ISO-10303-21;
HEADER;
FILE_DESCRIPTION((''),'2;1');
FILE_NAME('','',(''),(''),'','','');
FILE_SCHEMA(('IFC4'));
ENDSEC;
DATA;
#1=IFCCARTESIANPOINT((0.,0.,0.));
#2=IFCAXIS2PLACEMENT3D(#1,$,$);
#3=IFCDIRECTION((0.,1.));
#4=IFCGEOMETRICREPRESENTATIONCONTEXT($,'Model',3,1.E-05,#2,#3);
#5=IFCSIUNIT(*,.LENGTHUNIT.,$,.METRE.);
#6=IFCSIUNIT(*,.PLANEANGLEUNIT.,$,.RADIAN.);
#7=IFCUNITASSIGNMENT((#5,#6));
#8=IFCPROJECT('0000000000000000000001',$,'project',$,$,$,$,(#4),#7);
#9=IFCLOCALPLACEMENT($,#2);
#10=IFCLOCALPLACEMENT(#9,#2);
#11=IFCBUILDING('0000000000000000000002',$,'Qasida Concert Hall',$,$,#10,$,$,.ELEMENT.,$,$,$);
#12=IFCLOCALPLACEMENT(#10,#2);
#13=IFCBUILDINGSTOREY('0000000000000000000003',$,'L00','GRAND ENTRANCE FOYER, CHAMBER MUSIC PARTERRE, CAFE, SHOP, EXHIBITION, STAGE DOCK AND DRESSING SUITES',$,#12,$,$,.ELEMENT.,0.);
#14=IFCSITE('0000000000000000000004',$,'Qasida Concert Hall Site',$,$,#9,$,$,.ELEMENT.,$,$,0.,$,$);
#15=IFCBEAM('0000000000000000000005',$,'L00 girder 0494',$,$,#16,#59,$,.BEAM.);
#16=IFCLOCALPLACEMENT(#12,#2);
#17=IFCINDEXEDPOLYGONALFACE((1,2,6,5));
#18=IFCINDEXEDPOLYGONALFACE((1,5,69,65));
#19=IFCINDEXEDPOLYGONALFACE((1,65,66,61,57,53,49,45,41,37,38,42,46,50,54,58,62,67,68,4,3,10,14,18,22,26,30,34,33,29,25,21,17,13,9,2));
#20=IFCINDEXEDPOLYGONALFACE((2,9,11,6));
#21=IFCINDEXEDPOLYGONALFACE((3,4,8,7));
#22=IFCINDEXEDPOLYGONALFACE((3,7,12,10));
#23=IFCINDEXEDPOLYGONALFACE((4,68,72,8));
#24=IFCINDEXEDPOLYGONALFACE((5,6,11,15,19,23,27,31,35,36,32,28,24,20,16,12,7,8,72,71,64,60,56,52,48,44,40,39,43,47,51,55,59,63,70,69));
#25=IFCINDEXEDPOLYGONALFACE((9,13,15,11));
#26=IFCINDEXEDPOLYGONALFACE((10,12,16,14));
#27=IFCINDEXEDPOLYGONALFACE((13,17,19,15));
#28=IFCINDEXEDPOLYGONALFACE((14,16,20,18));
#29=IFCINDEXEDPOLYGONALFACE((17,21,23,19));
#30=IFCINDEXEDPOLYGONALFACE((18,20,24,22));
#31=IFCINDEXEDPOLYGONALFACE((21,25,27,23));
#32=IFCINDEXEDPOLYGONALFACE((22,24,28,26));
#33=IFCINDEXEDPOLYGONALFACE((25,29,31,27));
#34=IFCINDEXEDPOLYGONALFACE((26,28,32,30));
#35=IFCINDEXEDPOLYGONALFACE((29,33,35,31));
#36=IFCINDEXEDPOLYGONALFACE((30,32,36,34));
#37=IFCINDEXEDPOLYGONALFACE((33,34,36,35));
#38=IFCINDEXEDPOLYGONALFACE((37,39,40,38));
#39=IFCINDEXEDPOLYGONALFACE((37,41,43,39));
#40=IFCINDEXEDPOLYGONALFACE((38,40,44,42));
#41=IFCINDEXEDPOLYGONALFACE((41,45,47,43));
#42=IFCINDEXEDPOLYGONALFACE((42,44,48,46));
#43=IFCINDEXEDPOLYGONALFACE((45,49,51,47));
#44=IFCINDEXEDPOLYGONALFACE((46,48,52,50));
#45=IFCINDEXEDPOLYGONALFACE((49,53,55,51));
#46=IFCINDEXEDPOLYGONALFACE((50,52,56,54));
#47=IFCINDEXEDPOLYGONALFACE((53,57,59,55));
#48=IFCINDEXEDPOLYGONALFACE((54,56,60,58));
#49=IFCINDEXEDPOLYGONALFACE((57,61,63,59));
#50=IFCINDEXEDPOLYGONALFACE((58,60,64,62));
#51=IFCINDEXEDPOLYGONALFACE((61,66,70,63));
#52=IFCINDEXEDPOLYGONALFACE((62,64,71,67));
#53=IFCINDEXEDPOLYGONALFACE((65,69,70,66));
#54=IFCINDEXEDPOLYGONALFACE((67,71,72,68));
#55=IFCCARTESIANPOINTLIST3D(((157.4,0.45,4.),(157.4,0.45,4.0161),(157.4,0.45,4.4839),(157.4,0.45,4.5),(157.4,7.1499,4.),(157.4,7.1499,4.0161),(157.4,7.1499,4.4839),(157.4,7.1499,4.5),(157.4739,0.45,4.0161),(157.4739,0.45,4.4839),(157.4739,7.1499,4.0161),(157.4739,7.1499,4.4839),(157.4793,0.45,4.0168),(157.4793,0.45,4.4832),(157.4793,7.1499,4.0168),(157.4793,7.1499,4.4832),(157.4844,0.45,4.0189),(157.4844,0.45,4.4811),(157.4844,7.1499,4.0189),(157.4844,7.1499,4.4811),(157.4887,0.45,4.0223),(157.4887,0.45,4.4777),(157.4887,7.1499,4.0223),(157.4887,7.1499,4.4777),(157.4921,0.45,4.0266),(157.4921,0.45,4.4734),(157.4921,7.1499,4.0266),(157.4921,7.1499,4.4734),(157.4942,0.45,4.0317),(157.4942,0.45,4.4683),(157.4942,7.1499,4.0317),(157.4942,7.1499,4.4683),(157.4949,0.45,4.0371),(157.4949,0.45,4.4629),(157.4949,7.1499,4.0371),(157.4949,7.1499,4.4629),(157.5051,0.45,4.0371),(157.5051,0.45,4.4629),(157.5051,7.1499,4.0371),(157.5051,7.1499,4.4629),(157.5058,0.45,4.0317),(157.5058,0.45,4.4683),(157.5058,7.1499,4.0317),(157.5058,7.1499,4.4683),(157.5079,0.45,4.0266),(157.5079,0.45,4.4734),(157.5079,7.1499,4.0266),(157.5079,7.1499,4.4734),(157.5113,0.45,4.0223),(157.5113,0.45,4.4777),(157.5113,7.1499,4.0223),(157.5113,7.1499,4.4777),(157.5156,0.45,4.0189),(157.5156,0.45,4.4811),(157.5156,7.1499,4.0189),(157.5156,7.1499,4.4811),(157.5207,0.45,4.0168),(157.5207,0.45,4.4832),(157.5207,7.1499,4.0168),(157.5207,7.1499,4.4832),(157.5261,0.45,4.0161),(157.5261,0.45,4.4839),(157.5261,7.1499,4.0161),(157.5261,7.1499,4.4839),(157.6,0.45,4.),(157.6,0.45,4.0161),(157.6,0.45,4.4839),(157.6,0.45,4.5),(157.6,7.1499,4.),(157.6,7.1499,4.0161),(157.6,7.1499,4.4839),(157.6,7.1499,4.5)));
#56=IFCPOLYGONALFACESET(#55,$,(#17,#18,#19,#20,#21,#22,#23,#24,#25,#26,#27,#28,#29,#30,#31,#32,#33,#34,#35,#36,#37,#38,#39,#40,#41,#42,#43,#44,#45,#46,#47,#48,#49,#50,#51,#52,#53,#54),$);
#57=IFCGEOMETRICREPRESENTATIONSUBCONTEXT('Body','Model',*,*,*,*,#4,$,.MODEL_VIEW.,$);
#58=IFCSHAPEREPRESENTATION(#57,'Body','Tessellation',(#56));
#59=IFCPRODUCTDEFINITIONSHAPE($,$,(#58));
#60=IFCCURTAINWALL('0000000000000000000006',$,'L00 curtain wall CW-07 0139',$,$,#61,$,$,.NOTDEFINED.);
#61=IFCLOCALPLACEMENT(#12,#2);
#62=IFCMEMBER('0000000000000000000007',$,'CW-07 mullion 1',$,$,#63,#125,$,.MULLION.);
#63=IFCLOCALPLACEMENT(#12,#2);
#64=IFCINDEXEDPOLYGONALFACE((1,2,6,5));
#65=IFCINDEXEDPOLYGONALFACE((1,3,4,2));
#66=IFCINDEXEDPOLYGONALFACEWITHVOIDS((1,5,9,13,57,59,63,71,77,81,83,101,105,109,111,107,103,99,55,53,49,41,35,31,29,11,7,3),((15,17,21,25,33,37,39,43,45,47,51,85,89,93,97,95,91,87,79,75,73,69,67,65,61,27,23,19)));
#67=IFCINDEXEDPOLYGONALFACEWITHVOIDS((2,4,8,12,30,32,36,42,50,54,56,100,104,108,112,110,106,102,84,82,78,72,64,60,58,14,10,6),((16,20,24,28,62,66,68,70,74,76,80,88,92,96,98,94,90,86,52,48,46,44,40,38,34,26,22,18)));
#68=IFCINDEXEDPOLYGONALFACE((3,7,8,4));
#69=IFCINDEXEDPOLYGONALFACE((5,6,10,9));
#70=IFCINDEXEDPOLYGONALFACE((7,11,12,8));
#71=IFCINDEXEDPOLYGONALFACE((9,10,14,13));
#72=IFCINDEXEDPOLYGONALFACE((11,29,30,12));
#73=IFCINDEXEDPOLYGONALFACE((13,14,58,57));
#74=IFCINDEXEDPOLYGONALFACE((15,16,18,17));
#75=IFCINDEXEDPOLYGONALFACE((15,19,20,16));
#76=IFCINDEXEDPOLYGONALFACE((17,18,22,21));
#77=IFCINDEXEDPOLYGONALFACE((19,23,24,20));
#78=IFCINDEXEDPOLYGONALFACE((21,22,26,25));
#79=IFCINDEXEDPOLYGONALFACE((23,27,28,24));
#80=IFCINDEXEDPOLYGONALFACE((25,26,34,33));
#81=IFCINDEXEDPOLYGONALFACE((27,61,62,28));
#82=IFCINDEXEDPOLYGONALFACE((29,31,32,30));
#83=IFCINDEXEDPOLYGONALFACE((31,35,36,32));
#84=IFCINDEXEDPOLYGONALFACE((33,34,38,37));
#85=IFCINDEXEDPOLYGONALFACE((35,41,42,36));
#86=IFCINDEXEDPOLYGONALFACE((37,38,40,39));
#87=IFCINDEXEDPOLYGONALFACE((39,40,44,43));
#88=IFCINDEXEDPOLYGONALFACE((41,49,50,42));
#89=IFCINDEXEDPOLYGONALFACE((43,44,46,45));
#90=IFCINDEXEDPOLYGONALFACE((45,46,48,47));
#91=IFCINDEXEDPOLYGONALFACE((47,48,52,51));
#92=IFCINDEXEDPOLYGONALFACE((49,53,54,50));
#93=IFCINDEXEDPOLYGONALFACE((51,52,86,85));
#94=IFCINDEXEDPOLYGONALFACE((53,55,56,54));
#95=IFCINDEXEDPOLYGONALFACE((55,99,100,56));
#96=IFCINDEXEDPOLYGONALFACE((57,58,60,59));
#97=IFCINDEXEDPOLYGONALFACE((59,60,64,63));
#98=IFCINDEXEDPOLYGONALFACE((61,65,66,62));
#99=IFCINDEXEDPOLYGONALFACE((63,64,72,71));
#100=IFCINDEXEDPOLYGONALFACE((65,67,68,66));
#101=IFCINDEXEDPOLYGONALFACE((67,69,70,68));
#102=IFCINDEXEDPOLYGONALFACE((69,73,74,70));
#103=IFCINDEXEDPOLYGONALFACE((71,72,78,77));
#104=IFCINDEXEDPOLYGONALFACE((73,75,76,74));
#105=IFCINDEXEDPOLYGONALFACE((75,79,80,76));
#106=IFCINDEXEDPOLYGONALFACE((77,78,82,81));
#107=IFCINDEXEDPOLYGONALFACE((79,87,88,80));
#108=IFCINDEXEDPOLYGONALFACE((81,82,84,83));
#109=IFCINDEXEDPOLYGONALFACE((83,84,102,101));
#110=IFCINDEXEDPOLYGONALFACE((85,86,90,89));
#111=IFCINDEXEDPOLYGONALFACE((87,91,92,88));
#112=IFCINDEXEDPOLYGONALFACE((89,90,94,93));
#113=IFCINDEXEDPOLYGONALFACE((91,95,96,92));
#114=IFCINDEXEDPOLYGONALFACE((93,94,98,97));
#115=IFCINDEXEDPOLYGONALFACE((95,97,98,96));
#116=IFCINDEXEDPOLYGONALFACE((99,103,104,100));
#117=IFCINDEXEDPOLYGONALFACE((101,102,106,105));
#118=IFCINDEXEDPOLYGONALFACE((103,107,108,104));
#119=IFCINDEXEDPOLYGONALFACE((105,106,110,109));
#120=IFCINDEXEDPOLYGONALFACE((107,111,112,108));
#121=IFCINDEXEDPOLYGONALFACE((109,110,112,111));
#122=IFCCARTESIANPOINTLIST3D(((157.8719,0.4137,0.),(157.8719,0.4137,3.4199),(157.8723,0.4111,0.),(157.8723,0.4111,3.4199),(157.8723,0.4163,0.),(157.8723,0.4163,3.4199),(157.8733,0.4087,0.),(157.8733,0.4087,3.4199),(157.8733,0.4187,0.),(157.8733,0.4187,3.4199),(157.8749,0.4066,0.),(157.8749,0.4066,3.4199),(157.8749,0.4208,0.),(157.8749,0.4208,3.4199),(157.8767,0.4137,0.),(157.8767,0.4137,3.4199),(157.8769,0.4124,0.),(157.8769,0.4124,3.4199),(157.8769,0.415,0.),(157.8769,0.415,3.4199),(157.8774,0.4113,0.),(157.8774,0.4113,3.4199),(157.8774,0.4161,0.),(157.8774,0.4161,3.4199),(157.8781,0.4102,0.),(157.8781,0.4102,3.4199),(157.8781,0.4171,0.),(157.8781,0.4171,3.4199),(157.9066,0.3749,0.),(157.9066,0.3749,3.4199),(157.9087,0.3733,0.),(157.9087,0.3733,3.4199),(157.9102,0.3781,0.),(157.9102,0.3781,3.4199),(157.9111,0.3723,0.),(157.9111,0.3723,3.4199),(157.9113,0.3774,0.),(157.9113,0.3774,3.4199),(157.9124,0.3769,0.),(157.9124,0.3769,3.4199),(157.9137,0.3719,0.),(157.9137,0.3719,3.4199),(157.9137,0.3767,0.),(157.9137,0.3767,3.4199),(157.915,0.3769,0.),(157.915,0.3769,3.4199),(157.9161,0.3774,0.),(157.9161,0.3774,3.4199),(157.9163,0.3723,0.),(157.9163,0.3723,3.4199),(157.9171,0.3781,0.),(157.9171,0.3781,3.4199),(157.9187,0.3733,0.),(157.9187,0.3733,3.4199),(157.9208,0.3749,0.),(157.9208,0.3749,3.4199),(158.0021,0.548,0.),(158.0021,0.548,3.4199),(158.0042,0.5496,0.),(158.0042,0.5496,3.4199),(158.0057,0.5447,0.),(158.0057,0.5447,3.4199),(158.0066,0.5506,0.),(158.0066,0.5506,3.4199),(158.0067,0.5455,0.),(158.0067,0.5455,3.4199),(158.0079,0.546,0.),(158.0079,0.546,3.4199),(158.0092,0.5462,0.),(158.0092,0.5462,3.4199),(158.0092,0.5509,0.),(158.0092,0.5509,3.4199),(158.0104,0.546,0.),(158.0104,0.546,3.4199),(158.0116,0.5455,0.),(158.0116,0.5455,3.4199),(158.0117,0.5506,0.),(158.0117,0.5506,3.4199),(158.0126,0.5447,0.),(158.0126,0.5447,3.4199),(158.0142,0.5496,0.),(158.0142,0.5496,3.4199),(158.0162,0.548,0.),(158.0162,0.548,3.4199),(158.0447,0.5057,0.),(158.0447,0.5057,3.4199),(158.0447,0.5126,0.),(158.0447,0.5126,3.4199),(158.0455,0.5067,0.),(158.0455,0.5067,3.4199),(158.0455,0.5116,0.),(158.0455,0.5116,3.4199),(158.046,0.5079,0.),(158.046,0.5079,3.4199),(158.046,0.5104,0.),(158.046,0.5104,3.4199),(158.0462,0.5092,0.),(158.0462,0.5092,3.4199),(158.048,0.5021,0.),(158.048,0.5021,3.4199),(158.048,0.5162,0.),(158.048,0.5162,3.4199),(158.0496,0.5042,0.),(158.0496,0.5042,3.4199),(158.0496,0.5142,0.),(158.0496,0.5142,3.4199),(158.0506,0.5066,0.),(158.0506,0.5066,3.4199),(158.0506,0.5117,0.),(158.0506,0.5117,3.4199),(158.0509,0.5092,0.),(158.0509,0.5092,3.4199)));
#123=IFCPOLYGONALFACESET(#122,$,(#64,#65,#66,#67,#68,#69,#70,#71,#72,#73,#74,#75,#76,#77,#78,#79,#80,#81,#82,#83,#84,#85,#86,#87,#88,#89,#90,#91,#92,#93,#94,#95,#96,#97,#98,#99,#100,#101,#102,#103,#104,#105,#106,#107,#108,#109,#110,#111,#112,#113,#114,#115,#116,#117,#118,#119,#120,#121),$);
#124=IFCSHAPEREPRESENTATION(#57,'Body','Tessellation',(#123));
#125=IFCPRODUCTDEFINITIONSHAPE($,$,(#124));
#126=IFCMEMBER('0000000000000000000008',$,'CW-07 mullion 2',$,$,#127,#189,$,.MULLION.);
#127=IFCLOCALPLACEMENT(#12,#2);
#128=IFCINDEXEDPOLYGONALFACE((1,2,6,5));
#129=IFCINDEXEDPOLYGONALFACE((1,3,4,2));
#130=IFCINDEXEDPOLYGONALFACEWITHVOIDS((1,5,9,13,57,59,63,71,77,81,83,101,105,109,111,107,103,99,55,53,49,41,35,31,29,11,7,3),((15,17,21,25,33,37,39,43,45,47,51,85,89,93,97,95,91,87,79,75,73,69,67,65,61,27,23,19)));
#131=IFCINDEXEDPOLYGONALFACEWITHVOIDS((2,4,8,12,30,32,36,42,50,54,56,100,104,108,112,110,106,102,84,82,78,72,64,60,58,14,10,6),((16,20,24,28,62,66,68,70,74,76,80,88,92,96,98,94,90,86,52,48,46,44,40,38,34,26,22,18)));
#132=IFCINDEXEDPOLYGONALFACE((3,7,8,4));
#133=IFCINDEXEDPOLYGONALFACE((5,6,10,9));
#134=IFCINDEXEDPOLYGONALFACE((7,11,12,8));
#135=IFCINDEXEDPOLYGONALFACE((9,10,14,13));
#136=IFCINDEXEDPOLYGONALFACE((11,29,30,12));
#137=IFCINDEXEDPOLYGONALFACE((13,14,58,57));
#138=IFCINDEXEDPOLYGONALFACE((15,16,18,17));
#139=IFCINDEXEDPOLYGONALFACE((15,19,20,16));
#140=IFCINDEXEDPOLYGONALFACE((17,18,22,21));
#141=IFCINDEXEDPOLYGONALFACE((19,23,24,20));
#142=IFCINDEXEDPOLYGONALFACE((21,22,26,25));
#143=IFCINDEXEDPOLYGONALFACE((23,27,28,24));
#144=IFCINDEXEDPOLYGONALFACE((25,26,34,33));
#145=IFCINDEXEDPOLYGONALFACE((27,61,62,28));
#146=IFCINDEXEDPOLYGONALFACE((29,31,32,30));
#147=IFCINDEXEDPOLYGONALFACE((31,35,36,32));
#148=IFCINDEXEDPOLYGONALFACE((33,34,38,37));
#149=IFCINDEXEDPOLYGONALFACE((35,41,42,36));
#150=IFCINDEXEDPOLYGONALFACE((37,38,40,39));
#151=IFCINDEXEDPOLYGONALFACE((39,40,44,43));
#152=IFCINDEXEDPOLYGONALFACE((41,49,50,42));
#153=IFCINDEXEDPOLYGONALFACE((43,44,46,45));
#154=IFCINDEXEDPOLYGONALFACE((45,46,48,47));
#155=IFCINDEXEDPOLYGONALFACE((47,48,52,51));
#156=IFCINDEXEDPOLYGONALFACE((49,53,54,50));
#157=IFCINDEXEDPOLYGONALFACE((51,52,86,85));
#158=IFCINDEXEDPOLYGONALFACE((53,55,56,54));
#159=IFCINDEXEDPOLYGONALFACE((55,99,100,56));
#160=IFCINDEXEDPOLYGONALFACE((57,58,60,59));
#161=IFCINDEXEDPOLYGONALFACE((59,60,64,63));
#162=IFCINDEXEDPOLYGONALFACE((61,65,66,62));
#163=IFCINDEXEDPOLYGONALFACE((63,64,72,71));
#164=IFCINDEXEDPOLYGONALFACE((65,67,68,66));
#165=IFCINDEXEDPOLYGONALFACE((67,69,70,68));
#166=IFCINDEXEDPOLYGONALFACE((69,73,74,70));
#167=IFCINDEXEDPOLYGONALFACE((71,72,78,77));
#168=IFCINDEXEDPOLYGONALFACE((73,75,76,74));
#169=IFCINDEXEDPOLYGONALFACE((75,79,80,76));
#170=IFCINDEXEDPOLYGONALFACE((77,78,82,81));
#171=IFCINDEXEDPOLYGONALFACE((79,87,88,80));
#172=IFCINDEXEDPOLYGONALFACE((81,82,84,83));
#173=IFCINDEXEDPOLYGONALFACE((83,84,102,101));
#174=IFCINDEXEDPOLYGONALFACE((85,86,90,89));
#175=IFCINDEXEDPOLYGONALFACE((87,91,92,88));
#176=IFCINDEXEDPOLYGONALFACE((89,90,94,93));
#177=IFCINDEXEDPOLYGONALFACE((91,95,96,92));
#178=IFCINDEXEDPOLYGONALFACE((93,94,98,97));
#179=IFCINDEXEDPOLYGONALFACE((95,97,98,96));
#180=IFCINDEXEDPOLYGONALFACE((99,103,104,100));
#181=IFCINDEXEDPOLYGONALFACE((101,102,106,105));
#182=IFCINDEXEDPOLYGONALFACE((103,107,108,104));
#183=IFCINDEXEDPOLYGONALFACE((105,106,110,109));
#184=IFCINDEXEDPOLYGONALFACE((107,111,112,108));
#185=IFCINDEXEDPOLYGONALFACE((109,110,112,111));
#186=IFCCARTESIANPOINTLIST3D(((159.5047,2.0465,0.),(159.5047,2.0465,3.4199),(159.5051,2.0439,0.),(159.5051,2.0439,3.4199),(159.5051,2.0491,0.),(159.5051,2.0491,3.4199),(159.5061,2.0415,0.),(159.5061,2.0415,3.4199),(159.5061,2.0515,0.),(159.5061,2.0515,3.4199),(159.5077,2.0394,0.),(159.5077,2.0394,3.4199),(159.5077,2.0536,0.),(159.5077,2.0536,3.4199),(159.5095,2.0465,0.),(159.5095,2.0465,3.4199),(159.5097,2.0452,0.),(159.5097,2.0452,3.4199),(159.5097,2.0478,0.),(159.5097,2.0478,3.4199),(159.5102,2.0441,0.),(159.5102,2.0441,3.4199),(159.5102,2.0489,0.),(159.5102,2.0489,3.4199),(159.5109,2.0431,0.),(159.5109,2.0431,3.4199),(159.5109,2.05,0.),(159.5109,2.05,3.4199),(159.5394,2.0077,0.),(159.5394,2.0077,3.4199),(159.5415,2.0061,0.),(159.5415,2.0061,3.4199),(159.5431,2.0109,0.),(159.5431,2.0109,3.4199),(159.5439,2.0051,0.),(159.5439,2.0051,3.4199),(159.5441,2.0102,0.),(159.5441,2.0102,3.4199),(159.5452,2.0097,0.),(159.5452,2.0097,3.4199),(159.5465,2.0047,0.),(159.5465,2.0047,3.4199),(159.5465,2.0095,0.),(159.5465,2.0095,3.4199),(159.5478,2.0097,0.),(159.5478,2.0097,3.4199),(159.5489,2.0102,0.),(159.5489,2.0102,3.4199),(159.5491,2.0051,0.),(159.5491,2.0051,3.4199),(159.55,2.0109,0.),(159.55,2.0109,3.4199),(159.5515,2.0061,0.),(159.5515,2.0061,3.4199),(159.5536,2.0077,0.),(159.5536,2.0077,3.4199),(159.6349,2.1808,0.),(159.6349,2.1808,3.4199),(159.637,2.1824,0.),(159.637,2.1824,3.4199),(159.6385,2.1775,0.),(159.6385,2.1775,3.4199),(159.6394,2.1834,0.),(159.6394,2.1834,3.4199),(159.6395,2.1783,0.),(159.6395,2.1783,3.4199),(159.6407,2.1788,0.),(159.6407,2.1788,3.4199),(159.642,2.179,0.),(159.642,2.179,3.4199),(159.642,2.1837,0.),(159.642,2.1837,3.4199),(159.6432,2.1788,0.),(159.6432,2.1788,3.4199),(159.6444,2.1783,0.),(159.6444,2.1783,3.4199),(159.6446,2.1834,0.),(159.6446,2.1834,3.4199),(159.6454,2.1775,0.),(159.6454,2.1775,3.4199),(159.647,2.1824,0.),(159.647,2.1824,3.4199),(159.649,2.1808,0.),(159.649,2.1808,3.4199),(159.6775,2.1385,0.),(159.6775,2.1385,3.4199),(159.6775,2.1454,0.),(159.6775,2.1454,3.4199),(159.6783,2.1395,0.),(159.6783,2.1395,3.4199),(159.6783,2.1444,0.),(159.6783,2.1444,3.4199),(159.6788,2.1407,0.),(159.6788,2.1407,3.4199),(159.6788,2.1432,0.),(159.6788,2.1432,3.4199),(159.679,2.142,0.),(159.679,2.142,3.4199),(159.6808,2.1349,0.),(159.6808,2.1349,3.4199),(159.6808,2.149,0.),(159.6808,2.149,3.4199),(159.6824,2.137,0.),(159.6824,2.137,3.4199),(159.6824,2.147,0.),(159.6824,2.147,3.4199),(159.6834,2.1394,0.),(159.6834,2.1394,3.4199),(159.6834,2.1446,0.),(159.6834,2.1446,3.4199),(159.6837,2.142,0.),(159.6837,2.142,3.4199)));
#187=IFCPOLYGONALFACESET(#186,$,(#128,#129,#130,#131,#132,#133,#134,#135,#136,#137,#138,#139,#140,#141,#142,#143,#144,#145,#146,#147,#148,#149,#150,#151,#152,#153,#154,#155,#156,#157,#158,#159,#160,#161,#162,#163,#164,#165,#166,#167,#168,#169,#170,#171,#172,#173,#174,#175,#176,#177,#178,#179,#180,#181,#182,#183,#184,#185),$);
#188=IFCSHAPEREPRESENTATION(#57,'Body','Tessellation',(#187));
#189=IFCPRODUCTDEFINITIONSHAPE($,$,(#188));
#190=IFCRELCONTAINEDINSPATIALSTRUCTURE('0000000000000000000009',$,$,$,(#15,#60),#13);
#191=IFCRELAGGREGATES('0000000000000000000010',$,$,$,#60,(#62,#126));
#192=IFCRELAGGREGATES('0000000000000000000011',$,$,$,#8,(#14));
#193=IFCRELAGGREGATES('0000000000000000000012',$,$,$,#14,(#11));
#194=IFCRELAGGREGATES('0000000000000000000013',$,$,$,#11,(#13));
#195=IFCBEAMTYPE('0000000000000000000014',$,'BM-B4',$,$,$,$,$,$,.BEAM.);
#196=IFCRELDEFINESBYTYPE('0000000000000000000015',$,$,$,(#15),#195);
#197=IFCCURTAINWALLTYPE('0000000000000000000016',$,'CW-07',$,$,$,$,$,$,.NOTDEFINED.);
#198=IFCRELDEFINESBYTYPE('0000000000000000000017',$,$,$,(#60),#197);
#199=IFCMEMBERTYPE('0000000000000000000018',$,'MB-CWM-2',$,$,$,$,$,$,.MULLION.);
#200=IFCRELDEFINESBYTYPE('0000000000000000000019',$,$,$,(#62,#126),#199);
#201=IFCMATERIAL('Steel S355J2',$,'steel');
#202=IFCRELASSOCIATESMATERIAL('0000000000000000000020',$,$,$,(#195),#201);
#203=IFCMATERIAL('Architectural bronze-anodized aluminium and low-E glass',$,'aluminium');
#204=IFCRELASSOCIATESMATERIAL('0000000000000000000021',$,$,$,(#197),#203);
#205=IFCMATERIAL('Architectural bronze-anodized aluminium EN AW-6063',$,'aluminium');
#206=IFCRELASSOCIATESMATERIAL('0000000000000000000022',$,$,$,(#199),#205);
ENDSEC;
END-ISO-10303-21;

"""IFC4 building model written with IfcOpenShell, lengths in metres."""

from ifc_helpers import new_model, si_unit, direction, frame, origin, origin_2d, place, context, subcontext, project, spatial, hollow_rectangle, i_section, extrude, material, material_profile, profile_set, type_object, element, aggregate, save


model = new_model("IFC4")

# Units and contexts
model_context = context("Model", 3, precision=1e-05, world=origin(), true_north=direction((0.0, 1.0)))
body_context = subcontext(model_context, "Body", "Model", "MODEL_VIEW")
ifc_project = project(units=[si_unit("LENGTHUNIT", "METRE"), si_unit("PLANEANGLEUNIT", "RADIAN")], contexts=[model_context])

# Site, building, storey
site_placement = place(None, origin())
site = spatial("IfcSite", under=ifc_project, at=site_placement, Name="Qasida Concert Hall Site", CompositionType="ELEMENT", RefElevation=0.0)
building_placement = place(site_placement, origin())
building = spatial("IfcBuilding", under=site, at=building_placement, Name="Qasida Concert Hall", CompositionType="ELEMENT")
storey_placement = place(building_placement, origin())
storey = spatial("IfcBuildingStorey", under=building, at=storey_placement, Name="L00", Description="GRAND ENTRANCE FOYER, CHAMBER MUSIC PARTERRE, CAFE, SHOP, EXHIBITION, STAGE DOCK AND DRESSING SUITES", CompositionType="ELEMENT", Elevation=0.0)

# Beam
ifc_material_1 = material(Name="Steel S355J2", Category="steel")
ifc_material_profile_1 = material_profile(ifc_material_1, i_section(OverallWidth=0.2, OverallDepth=0.5, WebThickness=0.0103, FlangeThickness=0.0161, FilletRadius=0.021, at=origin_2d()), Name="IPE 500")
ifc_profile_set_1 = profile_set([ifc_material_profile_1], Name="Steel S355J2")
beam_type = type_object("IfcBeamType", Name="BM-B4", PredefinedType="BEAM", material=ifc_profile_set_1)
beam_placement = place(storey_placement, frame((157.5, 0.45, 4.25), z_axis=(0.0, 1.0, 0.0), x_axis=(-1.0, 0.0, 0.0)))
element("IfcBeam", 1, at=beam_placement, inside=storey, type_object=beam_type, Name="L00 girder 0494", PredefinedType="BEAM", context=body_context, shape_type="SweptSolid", body=[
    extrude(i_section(OverallWidth=0.2, OverallDepth=0.5, WebThickness=0.0103, FlangeThickness=0.0161, FilletRadius=0.021, at=origin_2d()), origin(), (0.0, 0.0, 1.0), 6.7),
])

# Curtain wall, members
ifc_material_2 = material(Name="Architectural bronze-anodized aluminium and low-E glass", Category="aluminium")
curtain_wall_type = type_object("IfcCurtainWallType", Name="CW-07", PredefinedType="NOTDEFINED", material=ifc_material_2)
curtain_wall_placement = place(storey_placement, origin())
curtain_wall = element("IfcCurtainWall", 2, at=curtain_wall_placement, inside=storey, type_object=curtain_wall_type, Name="L00 curtain wall CW-07 0139", PredefinedType="NOTDEFINED")
ifc_material_3 = material(Name="Architectural bronze-anodized aluminium EN AW-6063", Category="aluminium")
ifc_material_profile_2 = material_profile(ifc_material_3, hollow_rectangle(XDim=0.0649, YDim=0.2, WallThickness=0.0049, InnerFilletRadius=0.0049, OuterFilletRadius=0.01, at=origin_2d()), Name="CWM 200x65x5")
ifc_profile_set_2 = profile_set([ifc_material_profile_2], Name="Architectural bronze-anodized aluminium EN AW-6063")
member_type_1 = type_object("IfcMemberType", Name="MB-CWM-2", PredefinedType="MULLION", material=ifc_profile_set_2)
member_1_placement = place(storey_placement, frame((157.9614, 0.4614, 0.0), z_axis=(0.0, 0.0, 1.0), x_axis=(-0.707107, 0.707107, 0.0)))
member_1 = element("IfcMember", 3, at=member_1_placement, type_object=member_type_1, Name="CW-07 mullion 1", PredefinedType="MULLION", context=body_context, shape_type="SweptSolid", body=[
    extrude(hollow_rectangle(XDim=0.0649, YDim=0.2, WallThickness=0.0049, InnerFilletRadius=0.0049, OuterFilletRadius=0.01, at=origin_2d()), origin(), (0.0, 0.0, 1.0), 3.4199),
])
member_2_placement = place(storey_placement, frame((159.5942, 2.0942, 0.0), z_axis=(0.0, 0.0, 1.0), x_axis=(-0.707107, 0.707107, 0.0)))
member_2 = element("IfcMember", 4, at=member_2_placement, type_object=member_type_1, Name="CW-07 mullion 2", PredefinedType="MULLION", context=body_context, shape_type="SweptSolid", body=[
    extrude(hollow_rectangle(XDim=0.0649, YDim=0.2, WallThickness=0.0049, InnerFilletRadius=0.0049, OuterFilletRadius=0.01, at=origin_2d()), origin(), (0.0, 0.0, 1.0), 3.4199),
])
aggregate(curtain_wall, [member_1, member_2])

save(model, "model.ifc")
